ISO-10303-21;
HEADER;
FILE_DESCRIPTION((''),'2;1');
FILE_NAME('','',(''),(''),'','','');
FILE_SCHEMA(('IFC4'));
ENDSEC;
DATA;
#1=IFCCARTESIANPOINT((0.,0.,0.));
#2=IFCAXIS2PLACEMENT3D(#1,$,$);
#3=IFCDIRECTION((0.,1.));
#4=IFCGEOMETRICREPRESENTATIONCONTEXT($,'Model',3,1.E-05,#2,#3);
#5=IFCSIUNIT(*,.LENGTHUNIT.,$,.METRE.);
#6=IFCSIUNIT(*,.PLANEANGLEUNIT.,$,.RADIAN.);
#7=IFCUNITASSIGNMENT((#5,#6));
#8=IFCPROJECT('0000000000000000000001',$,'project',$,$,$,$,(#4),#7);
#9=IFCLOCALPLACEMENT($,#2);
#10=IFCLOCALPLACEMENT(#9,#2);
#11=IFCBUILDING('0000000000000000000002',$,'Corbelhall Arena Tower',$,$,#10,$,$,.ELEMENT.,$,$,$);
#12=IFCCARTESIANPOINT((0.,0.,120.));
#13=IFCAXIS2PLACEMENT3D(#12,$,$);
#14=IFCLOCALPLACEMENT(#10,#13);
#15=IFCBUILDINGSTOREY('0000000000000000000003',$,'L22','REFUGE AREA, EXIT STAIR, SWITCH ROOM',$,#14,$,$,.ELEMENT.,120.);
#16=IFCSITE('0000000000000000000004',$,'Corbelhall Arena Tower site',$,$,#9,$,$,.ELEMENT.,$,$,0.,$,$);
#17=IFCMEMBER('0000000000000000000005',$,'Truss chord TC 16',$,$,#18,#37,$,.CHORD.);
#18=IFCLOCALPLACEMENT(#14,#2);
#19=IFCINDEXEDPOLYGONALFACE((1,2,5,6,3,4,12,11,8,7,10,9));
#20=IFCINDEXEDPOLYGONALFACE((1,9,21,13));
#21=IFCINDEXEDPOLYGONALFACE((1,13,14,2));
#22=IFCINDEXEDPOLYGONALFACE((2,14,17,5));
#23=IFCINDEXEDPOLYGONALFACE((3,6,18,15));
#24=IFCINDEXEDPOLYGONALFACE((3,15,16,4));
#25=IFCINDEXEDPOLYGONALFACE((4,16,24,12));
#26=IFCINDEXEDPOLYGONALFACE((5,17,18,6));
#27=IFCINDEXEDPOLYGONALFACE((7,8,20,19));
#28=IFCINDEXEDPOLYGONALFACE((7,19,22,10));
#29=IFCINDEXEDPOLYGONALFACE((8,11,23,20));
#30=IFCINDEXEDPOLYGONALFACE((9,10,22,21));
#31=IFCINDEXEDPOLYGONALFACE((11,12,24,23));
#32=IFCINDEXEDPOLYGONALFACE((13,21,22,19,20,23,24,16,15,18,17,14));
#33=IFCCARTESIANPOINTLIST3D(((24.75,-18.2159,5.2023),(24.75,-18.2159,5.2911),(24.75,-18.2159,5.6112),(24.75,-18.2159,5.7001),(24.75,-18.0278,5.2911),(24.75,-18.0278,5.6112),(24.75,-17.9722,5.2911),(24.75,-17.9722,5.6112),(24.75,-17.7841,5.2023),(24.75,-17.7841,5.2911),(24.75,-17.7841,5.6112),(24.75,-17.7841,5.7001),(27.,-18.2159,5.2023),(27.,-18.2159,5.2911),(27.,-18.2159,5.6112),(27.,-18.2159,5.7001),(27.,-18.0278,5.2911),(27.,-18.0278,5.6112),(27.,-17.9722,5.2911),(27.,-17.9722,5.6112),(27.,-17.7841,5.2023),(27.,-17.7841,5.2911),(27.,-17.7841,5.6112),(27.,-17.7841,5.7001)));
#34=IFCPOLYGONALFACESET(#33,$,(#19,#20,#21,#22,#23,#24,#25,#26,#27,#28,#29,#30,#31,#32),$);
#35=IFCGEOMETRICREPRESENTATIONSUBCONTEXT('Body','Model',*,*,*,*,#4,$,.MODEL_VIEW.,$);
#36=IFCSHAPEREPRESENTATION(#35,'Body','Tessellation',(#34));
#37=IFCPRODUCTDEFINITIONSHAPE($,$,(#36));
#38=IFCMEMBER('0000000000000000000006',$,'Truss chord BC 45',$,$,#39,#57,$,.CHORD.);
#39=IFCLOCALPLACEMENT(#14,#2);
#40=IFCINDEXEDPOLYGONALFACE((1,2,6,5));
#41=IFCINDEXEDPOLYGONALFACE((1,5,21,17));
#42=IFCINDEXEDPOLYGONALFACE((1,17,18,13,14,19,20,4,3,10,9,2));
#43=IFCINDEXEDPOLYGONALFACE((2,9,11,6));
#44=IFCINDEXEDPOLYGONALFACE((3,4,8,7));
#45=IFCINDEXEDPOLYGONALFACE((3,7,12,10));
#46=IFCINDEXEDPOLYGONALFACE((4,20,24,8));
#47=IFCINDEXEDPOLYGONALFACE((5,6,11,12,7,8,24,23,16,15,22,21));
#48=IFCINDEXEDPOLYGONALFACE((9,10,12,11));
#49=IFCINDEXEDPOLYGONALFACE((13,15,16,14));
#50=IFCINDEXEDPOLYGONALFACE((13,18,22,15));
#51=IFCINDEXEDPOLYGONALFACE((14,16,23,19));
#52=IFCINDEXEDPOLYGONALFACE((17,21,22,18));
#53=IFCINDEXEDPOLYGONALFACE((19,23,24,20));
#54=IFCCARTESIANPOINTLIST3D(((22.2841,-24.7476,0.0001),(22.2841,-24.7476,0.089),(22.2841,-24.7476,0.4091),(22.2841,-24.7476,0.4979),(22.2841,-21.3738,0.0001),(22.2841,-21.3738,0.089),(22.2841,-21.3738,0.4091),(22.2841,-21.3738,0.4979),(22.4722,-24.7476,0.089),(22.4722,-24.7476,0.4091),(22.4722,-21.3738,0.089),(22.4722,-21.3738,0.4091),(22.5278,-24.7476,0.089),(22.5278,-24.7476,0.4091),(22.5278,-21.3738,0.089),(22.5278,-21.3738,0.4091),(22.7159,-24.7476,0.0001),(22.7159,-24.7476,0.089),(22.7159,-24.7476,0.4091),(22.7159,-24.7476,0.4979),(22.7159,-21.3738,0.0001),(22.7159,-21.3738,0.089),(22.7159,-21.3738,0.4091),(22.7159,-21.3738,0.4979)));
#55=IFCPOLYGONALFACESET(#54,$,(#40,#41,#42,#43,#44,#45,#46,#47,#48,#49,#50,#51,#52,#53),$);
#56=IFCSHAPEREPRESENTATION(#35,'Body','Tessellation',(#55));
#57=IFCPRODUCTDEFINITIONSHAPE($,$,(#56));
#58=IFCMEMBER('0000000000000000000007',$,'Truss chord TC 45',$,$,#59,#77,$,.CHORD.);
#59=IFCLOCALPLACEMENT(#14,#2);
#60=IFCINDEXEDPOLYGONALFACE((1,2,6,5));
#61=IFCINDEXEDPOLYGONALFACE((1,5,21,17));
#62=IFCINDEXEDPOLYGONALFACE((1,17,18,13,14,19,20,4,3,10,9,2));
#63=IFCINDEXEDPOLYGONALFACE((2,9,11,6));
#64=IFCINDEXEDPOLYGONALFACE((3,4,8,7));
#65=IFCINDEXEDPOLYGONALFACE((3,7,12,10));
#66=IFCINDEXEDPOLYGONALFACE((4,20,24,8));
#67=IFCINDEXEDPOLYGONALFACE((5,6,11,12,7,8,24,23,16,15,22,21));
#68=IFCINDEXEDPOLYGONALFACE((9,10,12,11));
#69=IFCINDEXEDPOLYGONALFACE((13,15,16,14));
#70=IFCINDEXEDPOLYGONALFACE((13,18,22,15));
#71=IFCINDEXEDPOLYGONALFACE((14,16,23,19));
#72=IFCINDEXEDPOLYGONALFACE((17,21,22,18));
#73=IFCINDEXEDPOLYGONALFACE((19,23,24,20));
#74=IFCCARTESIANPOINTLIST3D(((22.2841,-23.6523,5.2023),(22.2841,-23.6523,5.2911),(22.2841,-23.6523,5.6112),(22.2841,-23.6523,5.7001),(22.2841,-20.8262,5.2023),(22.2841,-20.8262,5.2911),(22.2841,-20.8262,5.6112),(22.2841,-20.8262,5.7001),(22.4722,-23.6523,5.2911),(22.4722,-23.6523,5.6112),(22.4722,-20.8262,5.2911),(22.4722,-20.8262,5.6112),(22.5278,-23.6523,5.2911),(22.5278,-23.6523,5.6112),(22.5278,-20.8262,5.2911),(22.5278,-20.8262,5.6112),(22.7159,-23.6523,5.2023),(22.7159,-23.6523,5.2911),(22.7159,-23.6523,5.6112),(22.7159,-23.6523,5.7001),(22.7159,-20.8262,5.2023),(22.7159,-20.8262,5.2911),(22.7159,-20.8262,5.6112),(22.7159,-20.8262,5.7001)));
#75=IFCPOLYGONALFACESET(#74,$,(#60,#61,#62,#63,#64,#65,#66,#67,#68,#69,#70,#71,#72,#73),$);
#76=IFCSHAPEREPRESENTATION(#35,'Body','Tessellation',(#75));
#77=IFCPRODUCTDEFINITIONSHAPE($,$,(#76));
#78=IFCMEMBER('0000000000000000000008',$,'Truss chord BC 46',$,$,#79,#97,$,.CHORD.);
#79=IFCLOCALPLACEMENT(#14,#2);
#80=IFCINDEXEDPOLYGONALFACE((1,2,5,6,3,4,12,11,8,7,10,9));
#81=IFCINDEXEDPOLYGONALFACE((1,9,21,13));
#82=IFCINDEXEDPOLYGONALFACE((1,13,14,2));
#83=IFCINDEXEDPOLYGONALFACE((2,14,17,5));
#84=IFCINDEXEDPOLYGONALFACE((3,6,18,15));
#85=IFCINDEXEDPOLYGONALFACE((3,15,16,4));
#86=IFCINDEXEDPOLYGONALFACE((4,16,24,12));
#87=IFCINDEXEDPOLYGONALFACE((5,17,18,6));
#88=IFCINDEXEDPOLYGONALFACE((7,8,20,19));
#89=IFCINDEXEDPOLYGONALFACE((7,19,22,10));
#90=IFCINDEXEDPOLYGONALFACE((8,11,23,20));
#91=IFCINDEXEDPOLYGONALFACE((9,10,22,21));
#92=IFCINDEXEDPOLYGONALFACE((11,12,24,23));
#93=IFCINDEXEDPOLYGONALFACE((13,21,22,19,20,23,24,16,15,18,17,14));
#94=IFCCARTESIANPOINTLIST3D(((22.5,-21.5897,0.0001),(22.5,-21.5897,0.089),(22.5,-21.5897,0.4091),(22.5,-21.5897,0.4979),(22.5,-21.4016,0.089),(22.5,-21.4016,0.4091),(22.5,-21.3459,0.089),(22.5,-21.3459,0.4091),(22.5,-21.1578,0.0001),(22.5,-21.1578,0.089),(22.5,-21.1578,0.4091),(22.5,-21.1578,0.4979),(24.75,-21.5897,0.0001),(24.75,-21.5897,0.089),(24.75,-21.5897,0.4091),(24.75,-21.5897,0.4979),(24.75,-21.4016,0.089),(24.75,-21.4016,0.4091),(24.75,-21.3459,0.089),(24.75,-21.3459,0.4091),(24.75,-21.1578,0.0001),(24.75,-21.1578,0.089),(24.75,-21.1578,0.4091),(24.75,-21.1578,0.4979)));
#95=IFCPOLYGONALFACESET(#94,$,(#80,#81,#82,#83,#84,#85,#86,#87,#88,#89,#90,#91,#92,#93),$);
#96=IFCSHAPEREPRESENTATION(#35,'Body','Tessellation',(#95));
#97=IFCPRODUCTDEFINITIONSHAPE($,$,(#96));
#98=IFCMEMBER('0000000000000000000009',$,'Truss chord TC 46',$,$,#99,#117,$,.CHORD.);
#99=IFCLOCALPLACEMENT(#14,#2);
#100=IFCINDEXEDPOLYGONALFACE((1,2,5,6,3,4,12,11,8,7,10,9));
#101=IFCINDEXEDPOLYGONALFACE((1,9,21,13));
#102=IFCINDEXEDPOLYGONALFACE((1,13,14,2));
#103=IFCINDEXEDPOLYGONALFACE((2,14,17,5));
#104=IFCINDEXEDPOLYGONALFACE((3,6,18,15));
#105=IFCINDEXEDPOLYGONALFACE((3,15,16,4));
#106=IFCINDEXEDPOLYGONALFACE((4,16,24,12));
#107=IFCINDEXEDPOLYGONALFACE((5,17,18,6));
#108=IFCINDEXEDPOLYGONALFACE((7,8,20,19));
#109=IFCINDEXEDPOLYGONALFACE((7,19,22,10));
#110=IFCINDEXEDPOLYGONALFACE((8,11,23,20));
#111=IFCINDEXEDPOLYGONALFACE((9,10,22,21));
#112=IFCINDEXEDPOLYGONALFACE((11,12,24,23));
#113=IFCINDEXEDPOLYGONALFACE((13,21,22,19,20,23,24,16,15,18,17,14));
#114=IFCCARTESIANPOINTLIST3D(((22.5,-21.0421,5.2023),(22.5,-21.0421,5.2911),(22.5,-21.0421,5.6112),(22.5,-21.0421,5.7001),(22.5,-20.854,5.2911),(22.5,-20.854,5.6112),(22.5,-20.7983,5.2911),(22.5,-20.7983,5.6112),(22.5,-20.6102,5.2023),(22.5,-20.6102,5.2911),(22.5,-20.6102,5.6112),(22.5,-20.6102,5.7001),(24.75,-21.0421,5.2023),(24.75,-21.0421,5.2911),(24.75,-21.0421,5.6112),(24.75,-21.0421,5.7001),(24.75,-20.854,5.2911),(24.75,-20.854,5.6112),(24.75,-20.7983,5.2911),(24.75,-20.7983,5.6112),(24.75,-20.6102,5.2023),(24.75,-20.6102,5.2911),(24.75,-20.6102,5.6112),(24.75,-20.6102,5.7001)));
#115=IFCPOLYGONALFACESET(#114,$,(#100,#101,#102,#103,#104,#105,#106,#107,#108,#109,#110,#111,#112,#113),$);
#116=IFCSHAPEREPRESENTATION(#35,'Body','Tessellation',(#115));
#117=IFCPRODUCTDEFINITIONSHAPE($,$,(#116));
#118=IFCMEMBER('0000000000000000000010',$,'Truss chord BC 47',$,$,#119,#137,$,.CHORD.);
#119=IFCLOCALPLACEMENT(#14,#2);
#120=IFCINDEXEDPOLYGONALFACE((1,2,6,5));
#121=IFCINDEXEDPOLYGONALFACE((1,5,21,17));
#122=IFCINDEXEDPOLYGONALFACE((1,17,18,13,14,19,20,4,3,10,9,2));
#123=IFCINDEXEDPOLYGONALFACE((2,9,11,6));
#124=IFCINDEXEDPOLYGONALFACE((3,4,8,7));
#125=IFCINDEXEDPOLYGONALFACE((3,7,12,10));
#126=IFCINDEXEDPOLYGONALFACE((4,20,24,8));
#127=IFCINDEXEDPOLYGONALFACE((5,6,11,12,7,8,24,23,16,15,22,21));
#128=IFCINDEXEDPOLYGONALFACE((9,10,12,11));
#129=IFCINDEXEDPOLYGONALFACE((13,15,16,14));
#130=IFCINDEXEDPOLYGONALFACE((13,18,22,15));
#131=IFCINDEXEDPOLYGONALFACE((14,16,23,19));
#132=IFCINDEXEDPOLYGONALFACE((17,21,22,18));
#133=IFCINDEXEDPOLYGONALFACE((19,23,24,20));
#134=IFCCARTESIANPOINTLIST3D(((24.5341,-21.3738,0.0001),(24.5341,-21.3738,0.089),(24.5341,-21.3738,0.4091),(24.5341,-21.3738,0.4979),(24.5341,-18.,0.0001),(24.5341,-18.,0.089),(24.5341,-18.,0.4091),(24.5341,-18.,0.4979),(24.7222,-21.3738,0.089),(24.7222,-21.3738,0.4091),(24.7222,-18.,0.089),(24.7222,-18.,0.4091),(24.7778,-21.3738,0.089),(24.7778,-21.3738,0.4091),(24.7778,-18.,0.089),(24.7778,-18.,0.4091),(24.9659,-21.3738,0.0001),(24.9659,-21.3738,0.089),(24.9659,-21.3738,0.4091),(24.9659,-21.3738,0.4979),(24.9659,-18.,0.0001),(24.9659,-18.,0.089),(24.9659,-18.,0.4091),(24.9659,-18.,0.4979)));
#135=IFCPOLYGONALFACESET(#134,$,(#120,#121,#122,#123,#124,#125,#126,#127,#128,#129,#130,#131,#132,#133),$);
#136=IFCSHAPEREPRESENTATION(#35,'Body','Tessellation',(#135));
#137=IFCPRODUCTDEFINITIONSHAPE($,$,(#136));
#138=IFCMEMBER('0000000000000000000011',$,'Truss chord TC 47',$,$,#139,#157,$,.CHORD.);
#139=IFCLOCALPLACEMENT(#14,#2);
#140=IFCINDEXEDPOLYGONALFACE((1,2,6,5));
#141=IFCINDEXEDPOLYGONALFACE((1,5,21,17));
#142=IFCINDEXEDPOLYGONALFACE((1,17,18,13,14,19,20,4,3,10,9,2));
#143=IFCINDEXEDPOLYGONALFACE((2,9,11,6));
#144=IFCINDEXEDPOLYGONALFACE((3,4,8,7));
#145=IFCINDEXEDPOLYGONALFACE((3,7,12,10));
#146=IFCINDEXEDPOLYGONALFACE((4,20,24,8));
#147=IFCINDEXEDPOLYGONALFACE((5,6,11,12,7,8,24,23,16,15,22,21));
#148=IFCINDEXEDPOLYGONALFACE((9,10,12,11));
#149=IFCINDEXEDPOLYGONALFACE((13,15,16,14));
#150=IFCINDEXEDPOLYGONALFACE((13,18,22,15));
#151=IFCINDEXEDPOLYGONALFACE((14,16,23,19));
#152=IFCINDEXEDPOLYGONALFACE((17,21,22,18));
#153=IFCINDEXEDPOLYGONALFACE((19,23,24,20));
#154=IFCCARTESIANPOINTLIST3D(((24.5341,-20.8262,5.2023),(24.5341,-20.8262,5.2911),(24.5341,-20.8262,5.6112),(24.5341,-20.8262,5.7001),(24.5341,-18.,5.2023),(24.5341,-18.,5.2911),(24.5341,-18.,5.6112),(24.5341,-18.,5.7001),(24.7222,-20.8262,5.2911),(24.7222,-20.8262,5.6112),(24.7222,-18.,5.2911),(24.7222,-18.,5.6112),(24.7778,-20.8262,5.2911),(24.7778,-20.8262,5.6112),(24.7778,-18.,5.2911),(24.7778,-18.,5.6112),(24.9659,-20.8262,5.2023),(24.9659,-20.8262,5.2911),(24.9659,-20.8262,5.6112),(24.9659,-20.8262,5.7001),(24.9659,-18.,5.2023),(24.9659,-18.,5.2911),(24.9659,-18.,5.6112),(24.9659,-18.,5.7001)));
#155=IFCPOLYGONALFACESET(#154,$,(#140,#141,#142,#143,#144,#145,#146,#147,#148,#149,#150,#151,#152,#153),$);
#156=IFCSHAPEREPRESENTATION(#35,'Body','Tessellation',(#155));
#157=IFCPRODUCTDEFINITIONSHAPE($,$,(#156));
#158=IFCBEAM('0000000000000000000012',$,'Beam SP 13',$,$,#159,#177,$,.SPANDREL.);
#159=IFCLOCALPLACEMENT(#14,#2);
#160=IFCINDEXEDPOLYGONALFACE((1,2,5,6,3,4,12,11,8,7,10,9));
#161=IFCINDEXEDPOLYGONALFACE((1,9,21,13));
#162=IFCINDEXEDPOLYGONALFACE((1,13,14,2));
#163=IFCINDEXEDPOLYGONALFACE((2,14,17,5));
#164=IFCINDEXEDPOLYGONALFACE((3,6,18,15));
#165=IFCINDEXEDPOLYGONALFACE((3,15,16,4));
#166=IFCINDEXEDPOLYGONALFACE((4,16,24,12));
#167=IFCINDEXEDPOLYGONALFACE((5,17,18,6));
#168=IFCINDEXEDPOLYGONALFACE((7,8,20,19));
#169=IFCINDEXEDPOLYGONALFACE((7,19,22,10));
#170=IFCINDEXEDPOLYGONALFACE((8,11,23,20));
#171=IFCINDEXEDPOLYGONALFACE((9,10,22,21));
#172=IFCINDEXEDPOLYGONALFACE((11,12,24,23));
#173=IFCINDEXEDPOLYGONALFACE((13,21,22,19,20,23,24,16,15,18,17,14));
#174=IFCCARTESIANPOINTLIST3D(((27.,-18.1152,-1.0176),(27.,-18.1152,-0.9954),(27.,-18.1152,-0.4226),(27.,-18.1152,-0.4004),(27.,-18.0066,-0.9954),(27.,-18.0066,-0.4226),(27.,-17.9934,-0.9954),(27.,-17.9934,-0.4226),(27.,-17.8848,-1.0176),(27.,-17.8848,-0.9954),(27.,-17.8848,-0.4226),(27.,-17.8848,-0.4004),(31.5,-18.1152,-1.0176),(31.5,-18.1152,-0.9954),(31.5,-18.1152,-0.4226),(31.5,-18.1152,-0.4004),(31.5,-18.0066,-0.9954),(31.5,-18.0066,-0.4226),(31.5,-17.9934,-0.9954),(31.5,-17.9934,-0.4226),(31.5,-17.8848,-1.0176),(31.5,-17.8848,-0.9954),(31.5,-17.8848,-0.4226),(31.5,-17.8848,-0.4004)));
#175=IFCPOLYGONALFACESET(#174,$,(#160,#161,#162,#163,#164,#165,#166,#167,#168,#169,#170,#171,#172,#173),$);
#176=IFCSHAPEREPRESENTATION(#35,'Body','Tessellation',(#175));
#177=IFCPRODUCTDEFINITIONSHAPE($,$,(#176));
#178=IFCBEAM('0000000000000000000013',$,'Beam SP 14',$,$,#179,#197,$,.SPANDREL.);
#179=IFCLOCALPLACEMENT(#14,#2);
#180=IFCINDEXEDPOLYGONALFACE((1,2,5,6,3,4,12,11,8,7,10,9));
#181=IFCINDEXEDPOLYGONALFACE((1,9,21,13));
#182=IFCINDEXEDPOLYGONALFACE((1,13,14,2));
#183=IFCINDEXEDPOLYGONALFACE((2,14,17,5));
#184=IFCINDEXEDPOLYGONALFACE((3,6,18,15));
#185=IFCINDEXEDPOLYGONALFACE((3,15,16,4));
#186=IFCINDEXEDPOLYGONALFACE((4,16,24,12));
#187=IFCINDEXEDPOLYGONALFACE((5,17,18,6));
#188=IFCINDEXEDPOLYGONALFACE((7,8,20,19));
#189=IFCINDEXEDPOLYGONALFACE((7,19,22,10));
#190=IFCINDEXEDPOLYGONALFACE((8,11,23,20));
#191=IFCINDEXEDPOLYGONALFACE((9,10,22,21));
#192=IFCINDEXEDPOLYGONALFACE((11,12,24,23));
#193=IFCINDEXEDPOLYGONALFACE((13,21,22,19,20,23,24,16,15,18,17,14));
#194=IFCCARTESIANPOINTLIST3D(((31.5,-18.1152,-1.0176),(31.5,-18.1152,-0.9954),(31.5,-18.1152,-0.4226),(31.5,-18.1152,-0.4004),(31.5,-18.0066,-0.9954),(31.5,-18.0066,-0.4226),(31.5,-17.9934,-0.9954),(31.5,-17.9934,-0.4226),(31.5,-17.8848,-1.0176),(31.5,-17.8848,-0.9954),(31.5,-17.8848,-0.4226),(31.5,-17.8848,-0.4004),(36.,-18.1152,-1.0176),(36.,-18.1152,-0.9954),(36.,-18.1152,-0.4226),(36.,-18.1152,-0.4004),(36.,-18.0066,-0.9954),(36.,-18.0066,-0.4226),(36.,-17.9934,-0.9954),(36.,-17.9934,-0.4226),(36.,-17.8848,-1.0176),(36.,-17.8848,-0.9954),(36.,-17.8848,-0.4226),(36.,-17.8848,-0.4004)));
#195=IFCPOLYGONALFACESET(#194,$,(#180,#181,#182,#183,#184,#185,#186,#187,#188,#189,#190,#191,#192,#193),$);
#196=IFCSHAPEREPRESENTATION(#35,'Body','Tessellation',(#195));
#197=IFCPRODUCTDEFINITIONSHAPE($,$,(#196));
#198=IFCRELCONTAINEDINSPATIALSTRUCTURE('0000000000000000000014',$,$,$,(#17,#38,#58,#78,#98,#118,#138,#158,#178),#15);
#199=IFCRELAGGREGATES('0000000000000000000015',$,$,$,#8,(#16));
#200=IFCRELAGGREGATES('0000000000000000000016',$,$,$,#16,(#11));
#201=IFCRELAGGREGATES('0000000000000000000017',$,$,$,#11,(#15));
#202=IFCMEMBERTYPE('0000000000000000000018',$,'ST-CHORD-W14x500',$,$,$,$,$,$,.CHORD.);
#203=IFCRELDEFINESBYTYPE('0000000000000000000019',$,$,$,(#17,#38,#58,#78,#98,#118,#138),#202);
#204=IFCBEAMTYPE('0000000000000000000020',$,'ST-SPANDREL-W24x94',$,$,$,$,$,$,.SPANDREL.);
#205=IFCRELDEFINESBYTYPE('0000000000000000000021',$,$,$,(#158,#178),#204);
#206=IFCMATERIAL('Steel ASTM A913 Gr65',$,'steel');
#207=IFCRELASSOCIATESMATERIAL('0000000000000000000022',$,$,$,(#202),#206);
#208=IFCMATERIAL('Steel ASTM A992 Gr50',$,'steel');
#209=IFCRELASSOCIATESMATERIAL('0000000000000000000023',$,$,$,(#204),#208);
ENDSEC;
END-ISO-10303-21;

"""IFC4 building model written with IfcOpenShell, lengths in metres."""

from ifc_helpers import new_model, si_unit, direction, frame, origin, origin_2d, place, context, subcontext, project, spatial, i_section, extrude, material, material_profile, profile_set, type_object, element, save


model = new_model("IFC4")

# Units and contexts
model_context = context("Model", 3, precision=1e-05, world=origin(), true_north=direction((0.0, 1.0)))
body_context = subcontext(model_context, "Body", "Model", "MODEL_VIEW")
ifc_project = project(units=[si_unit("LENGTHUNIT", "METRE"), si_unit("PLANEANGLEUNIT", "RADIAN")], contexts=[model_context])

# Site, building, storey
site_placement = place(None, origin())
site = spatial("IfcSite", under=ifc_project, at=site_placement, Name="Corbelhall Arena Tower site", CompositionType="ELEMENT", RefElevation=0.0)
building_placement = place(site_placement, origin())
building = spatial("IfcBuilding", under=site, at=building_placement, Name="Corbelhall Arena Tower", CompositionType="ELEMENT")
storey_placement = place(building_placement, frame((0.0, 0.0, 120.0)))
storey = spatial("IfcBuildingStorey", under=building, at=storey_placement, Name="L22", Description="REFUGE AREA, EXIT STAIR, SWITCH ROOM", CompositionType="ELEMENT", Elevation=120.0)

# Members
ifc_material_1 = material(Name="Steel ASTM A913 Gr65", Category="steel")
ifc_material_profile_1 = material_profile(ifc_material_1, i_section(OverallWidth=0.4319, OverallDepth=0.4978, WebThickness=0.0557, FlangeThickness=0.0889, at=origin_2d()))
ifc_profile_set_1 = profile_set([ifc_material_profile_1], Name="Steel ASTM A913 Gr65")
member_type_1 = type_object("IfcMemberType", Name="ST-CHORD-W14x500", PredefinedType="CHORD", material=ifc_profile_set_1)
for number, where, z_axis, x_axis, name in (
    (1, (27.0, -18.0, 5.4512), (-1.0, 0.0, 0.0), (0.0, -1.0, 0.0), "Truss chord TC 16"),
):
    element("IfcMember", number, at=place(storey_placement, frame(where, z_axis=z_axis, x_axis=x_axis)), inside=storey, type_object=member_type_1, Name=name, PredefinedType="CHORD", context=body_context, shape_type="SweptSolid", body=[
        extrude(i_section(OverallWidth=0.4319, OverallDepth=0.4978, WebThickness=0.0557, FlangeThickness=0.0889, at=origin_2d()), origin(), (0.0, 0.0, 1.0), 2.25),
    ])
member_1_placement = place(storey_placement, frame((22.5, -21.3738, 0.249), z_axis=(0.0, -1.0, 0.0), x_axis=(1.0, 0.0, 0.0)))
element("IfcMember", 2, at=member_1_placement, inside=storey, type_object=member_type_1, Name="Truss chord BC 45", PredefinedType="CHORD", context=body_context, shape_type="SweptSolid", body=[
    extrude(i_section(OverallWidth=0.4319, OverallDepth=0.4978, WebThickness=0.0557, FlangeThickness=0.0889, at=origin_2d()), origin(), (0.0, 0.0, 1.0), 3.3738),
])
member_2_placement = place(storey_placement, frame((22.5, -20.8262, 5.4512), z_axis=(0.0, -1.0, 0.0), x_axis=(1.0, 0.0, 0.0)))
element("IfcMember", 3, at=member_2_placement, inside=storey, type_object=member_type_1, Name="Truss chord TC 45", PredefinedType="CHORD", context=body_context, shape_type="SweptSolid", body=[
    extrude(i_section(OverallWidth=0.4319, OverallDepth=0.4978, WebThickness=0.0557, FlangeThickness=0.0889, at=origin_2d()), origin(), (0.0, 0.0, 1.0), 2.8262),
])
for number, where, z_axis, x_axis, name in (
    (4, (24.75, -21.3738, 0.249), (-1.0, 0.0, 0.0), (0.0, -1.0, 0.0), "Truss chord BC 46"),
    (5, (24.75, -20.8262, 5.4512), (-1.0, 0.0, 0.0), (0.0, -1.0, 0.0), "Truss chord TC 46"),
):
    element("IfcMember", number, at=place(storey_placement, frame(where, z_axis=z_axis, x_axis=x_axis)), inside=storey, type_object=member_type_1, Name=name, PredefinedType="CHORD", context=body_context, shape_type="SweptSolid", body=[
        extrude(i_section(OverallWidth=0.4319, OverallDepth=0.4978, WebThickness=0.0557, FlangeThickness=0.0889, at=origin_2d()), origin(), (0.0, 0.0, 1.0), 2.25),
    ])
member_3_placement = place(storey_placement, frame((24.75, -18.0, 0.249), z_axis=(0.0, -1.0, 0.0), x_axis=(1.0, 0.0, 0.0)))
element("IfcMember", 6, at=member_3_placement, inside=storey, type_object=member_type_1, Name="Truss chord BC 47", PredefinedType="CHORD", context=body_context, shape_type="SweptSolid", body=[
    extrude(i_section(OverallWidth=0.4319, OverallDepth=0.4978, WebThickness=0.0557, FlangeThickness=0.0889, at=origin_2d()), origin(), (0.0, 0.0, 1.0), 3.3738),
])
member_4_placement = place(storey_placement, frame((24.75, -18.0, 5.4512), z_axis=(0.0, -1.0, 0.0), x_axis=(1.0, 0.0, 0.0)))
element("IfcMember", 7, at=member_4_placement, inside=storey, type_object=member_type_1, Name="Truss chord TC 47", PredefinedType="CHORD", context=body_context, shape_type="SweptSolid", body=[
    extrude(i_section(OverallWidth=0.4319, OverallDepth=0.4978, WebThickness=0.0557, FlangeThickness=0.0889, at=origin_2d()), origin(), (0.0, 0.0, 1.0), 2.8262),
])

# Beams
ifc_material_2 = material(Name="Steel ASTM A992 Gr50", Category="steel")
ifc_material_profile_2 = material_profile(ifc_material_2, i_section(OverallWidth=0.2305, OverallDepth=0.6172, WebThickness=0.0132, FlangeThickness=0.0222, at=origin_2d()))
ifc_profile_set_2 = profile_set([ifc_material_profile_2], Name="Steel ASTM A992 Gr50")
beam_type = type_object("IfcBeamType", Name="ST-SPANDREL-W24x94", PredefinedType="SPANDREL", material=ifc_profile_set_2)
for number, where, z_axis, x_axis, name in (
    (8, (31.5, -18.0, -0.709), (-1.0, 0.0, 0.0), (0.0, -1.0, 0.0), "Beam SP 13"),
    (9, (36.0, -18.0, -0.709), (-1.0, 0.0, 0.0), (0.0, -1.0, 0.0), "Beam SP 14"),
):
    element("IfcBeam", number, at=place(storey_placement, frame(where, z_axis=z_axis, x_axis=x_axis)), inside=storey, type_object=beam_type, Name=name, PredefinedType="SPANDREL", context=body_context, shape_type="SweptSolid", body=[
        extrude(i_section(OverallWidth=0.2305, OverallDepth=0.6172, WebThickness=0.0132, FlangeThickness=0.0222, at=origin_2d()), origin(), (0.0, 0.0, 1.0), 4.5),
    ])

save(model, "model.ifc")
